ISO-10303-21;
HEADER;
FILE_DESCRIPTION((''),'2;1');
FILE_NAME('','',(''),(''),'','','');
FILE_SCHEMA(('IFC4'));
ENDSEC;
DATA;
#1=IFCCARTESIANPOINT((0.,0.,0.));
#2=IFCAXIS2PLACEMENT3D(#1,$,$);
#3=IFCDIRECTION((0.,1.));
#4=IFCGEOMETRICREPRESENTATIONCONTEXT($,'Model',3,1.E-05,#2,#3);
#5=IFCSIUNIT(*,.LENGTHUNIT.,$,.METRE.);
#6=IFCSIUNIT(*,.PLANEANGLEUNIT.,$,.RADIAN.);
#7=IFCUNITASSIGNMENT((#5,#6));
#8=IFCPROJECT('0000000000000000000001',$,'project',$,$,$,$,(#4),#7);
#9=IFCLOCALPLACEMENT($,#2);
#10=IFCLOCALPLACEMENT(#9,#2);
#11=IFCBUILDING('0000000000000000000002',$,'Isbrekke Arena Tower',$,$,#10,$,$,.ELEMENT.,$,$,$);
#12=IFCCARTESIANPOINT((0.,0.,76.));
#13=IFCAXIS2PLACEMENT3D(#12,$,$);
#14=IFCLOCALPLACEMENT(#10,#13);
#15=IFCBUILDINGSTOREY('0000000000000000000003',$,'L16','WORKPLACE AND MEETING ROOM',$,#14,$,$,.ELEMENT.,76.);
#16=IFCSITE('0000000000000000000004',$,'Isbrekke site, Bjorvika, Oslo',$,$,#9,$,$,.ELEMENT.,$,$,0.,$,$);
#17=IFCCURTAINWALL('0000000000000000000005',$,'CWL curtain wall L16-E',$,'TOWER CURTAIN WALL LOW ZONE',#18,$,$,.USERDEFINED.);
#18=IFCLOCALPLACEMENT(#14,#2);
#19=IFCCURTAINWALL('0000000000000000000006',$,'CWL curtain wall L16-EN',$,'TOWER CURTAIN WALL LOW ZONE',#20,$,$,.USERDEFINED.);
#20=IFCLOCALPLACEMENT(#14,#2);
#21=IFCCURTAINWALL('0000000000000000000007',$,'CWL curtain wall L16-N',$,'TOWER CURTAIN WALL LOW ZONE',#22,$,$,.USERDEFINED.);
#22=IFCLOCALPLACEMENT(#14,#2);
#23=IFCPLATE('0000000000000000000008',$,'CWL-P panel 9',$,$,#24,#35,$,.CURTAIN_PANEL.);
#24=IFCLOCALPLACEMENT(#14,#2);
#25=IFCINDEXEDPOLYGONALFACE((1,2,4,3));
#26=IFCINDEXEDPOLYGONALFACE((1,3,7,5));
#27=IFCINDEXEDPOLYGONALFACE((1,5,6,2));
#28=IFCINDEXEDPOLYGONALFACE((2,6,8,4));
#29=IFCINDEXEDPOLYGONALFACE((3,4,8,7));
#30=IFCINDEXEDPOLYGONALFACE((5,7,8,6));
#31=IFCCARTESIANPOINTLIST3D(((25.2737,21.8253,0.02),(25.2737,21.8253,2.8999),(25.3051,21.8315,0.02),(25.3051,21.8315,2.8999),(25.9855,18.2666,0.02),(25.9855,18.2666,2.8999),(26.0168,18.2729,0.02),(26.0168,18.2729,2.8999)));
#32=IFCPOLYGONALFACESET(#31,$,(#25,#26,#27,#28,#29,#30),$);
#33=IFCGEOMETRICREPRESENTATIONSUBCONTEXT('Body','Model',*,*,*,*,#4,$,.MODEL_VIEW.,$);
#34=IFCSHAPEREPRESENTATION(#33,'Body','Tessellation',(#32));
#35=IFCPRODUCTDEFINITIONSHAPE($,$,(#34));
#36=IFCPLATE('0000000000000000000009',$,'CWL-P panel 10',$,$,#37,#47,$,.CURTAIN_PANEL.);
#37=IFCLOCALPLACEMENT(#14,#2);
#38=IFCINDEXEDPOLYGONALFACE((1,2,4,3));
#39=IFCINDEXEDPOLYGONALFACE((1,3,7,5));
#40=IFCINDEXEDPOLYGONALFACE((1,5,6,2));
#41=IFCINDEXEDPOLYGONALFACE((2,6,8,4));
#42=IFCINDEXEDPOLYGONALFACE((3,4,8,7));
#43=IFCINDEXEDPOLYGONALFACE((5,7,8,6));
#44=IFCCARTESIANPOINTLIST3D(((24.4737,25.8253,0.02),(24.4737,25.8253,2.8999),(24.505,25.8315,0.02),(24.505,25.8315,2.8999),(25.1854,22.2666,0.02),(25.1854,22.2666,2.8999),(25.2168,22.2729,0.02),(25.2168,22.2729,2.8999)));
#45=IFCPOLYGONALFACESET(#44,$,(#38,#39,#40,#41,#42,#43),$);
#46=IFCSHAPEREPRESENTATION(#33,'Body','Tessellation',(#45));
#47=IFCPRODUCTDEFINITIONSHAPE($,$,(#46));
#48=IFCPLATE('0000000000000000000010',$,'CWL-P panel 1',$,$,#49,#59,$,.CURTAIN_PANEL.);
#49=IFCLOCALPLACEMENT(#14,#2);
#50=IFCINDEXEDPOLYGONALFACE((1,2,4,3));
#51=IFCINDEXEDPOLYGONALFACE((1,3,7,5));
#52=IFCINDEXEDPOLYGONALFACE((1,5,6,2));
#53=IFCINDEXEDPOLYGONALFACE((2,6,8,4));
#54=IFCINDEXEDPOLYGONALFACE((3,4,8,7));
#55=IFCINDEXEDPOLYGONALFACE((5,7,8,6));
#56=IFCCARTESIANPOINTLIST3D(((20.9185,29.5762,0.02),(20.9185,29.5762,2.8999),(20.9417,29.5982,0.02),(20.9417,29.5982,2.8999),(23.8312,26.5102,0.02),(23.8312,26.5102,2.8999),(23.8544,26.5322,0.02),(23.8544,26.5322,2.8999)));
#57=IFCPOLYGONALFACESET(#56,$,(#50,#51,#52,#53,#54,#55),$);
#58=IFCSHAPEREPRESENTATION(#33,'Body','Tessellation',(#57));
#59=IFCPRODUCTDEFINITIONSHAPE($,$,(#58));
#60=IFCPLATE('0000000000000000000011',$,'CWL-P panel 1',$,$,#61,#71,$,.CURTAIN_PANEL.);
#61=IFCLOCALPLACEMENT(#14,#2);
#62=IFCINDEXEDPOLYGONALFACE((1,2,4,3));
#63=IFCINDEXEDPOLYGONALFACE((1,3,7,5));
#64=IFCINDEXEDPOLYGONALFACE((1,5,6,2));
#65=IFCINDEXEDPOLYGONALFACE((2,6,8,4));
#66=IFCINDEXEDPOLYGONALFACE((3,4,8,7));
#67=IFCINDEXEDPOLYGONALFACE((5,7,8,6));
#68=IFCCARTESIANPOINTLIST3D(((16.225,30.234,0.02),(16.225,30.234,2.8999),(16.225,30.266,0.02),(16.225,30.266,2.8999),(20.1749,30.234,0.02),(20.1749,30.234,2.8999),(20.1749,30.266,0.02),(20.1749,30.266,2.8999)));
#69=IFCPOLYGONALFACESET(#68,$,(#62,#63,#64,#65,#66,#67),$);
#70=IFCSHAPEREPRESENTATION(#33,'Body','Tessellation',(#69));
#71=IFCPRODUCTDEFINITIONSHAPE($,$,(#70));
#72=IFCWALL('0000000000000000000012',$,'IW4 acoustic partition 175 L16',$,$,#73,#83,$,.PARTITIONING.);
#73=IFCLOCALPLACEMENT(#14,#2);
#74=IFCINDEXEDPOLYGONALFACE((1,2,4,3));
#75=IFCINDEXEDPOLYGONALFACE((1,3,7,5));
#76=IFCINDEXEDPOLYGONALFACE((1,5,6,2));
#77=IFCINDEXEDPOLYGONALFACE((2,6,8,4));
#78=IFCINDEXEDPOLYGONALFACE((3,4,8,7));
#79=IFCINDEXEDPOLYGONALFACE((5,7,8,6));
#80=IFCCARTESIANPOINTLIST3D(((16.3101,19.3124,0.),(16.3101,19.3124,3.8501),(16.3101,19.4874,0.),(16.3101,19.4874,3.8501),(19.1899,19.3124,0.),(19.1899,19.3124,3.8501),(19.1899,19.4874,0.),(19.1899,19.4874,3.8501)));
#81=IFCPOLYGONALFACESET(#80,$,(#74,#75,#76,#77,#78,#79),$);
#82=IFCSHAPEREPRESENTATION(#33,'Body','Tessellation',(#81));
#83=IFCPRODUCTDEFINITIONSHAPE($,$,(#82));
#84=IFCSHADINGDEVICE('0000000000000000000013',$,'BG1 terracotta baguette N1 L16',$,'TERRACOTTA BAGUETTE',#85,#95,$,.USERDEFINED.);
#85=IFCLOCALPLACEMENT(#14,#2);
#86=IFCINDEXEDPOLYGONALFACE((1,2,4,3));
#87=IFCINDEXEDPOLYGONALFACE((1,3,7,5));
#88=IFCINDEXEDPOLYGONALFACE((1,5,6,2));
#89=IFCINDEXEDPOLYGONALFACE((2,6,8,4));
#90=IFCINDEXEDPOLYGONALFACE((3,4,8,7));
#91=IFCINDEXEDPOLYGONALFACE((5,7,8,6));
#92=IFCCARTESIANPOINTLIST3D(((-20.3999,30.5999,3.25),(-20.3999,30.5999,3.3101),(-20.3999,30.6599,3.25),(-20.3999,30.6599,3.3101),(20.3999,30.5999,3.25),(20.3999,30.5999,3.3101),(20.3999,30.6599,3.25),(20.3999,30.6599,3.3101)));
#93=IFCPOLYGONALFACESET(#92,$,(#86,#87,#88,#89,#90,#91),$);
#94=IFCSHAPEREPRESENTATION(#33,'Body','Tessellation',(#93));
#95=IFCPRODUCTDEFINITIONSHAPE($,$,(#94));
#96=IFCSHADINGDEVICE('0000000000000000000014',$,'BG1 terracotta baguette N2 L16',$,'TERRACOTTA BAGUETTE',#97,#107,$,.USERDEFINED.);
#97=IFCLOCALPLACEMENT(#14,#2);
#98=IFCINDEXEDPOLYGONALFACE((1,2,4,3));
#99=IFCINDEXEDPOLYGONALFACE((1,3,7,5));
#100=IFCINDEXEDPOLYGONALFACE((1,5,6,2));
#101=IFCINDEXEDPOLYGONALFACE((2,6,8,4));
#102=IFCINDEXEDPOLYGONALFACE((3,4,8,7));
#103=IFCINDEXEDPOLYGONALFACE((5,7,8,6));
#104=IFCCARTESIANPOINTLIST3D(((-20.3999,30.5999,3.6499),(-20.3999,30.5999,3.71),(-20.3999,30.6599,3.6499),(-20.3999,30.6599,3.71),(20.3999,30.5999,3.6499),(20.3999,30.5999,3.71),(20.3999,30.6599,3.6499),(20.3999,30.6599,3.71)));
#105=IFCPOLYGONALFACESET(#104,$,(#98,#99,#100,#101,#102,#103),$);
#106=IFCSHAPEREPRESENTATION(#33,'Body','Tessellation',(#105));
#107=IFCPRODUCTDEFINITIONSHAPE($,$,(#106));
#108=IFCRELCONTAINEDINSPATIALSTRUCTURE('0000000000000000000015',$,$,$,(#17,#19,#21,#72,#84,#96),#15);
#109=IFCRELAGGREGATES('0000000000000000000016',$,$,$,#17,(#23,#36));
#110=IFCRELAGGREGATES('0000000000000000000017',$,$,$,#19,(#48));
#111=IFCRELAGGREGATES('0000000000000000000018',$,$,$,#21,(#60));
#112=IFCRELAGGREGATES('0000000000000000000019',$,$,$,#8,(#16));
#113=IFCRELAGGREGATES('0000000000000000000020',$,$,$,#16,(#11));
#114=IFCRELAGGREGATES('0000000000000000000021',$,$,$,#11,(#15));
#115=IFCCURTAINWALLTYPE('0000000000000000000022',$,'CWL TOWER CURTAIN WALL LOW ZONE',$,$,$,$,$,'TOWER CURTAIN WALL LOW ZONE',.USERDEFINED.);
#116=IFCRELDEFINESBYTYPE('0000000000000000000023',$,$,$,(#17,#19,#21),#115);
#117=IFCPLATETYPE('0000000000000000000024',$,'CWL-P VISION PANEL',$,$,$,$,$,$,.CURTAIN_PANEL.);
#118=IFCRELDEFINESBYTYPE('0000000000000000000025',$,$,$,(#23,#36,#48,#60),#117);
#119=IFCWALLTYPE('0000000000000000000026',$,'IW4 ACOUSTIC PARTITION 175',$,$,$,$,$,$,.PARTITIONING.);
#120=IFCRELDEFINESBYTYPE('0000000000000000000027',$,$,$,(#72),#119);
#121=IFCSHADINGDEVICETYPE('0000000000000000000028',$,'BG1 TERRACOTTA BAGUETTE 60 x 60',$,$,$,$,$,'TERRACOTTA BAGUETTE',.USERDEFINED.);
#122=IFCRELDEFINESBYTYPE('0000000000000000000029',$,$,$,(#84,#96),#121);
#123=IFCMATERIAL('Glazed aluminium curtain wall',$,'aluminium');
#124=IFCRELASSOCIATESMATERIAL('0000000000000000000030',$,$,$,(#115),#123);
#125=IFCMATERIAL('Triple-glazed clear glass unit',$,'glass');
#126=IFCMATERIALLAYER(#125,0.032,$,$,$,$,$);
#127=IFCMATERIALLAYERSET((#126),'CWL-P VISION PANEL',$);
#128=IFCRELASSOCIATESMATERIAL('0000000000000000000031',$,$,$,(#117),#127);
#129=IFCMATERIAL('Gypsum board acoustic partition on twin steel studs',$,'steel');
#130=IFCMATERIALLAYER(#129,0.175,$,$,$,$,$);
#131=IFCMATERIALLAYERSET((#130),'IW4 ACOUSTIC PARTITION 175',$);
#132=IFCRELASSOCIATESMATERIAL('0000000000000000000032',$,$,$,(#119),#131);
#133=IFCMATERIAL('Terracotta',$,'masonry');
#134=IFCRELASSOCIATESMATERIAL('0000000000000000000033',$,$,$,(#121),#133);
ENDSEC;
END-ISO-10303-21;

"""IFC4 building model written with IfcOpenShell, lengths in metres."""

from ifc_helpers import new_model, si_unit, direction, frame, frame_2d, origin, origin_2d, place, context, subcontext, project, spatial, rectangle, extrude, material, layer, layer_set, material_profile, profile_set, type_object, element, aggregate, save


model = new_model("IFC4")

# Units and contexts
model_context = context("Model", 3, precision=1e-05, world=origin(), true_north=direction((0.0, 1.0)))
body_context = subcontext(model_context, "Body", "Model", "MODEL_VIEW")
ifc_project = project(units=[si_unit("LENGTHUNIT", "METRE"), si_unit("PLANEANGLEUNIT", "RADIAN")], contexts=[model_context])

# Site, building, storey
site_placement = place(None, origin())
site = spatial("IfcSite", under=ifc_project, at=site_placement, Name="Isbrekke site, Bjorvika, Oslo", CompositionType="ELEMENT", RefElevation=0.0)
building_placement = place(site_placement, origin())
building = spatial("IfcBuilding", under=site, at=building_placement, Name="Isbrekke Arena Tower", CompositionType="ELEMENT")
storey_placement = place(building_placement, frame((0.0, 0.0, 76.0)))
storey = spatial("IfcBuildingStorey", under=building, at=storey_placement, Name="L16", Description="WORKPLACE AND MEETING ROOM", CompositionType="ELEMENT", Elevation=76.0)

# Curtain walls
ifc_material_1 = material(Name="Glazed aluminium curtain wall", Category="aluminium")
curtain_wall_type = type_object("IfcCurtainWallType", Name="CWL TOWER CURTAIN WALL LOW ZONE", ElementType="TOWER CURTAIN WALL LOW ZONE", PredefinedType="USERDEFINED", material=ifc_material_1)
curtain_wall_1_placement = place(storey_placement, origin())
curtain_wall_1 = element("IfcCurtainWall", 1, at=curtain_wall_1_placement, inside=storey, type_object=curtain_wall_type, Name="CWL curtain wall L16-E", ObjectType="TOWER CURTAIN WALL LOW ZONE", PredefinedType="USERDEFINED")
curtain_wall_2_placement = place(storey_placement, origin())
curtain_wall_2 = element("IfcCurtainWall", 2, at=curtain_wall_2_placement, inside=storey, type_object=curtain_wall_type, Name="CWL curtain wall L16-EN", ObjectType="TOWER CURTAIN WALL LOW ZONE", PredefinedType="USERDEFINED")

# Curtain wall
curtain_wall_3_placement = place(storey_placement, origin())
curtain_wall_3 = element("IfcCurtainWall", 3, at=curtain_wall_3_placement, inside=storey, type_object=curtain_wall_type, Name="CWL curtain wall L16-N", ObjectType="TOWER CURTAIN WALL LOW ZONE", PredefinedType="USERDEFINED")

# Plates
ifc_material_2 = material(Name="Triple-glazed clear glass unit", Category="glass")
ifc_layer_1 = layer(ifc_material_2, 0.032)
ifc_layer_set_1 = layer_set([ifc_layer_1], Name="CWL-P VISION PANEL")
plate_type = type_object("IfcPlateType", Name="CWL-P VISION PANEL", PredefinedType="CURTAIN_PANEL", material=ifc_layer_set_1)
plate_1_placement = place(storey_placement, frame((25.6453, 20.0491, 0.02), z_axis=(0.0, 0.0, 1.0), x_axis=(-0.196116, 0.980581, 0.0)))
plate_1 = element("IfcPlate", 4, at=plate_1_placement, type_object=plate_type, Name="CWL-P panel 9", PredefinedType="CURTAIN_PANEL", context=body_context, shape_type="SweptSolid", body=[
    extrude(rectangle(XDim=3.6292, YDim=0.032, at=origin_2d()), origin(), (0.0, 0.0, 1.0), 2.8799),
])
plate_2_placement = place(storey_placement, frame((24.8452, 24.0491, 0.02), z_axis=(0.0, 0.0, 1.0), x_axis=(-0.196116, 0.980581, 0.0)))
plate_2 = element("IfcPlate", 5, at=plate_2_placement, type_object=plate_type, Name="CWL-P panel 10", PredefinedType="CURTAIN_PANEL", context=body_context, shape_type="SweptSolid", body=[
    extrude(rectangle(XDim=3.6292, YDim=0.032, at=origin_2d()), origin(), (0.0, 0.0, 1.0), 2.8799),
])
aggregate(curtain_wall_1, [plate_1, plate_2])
plate_3_placement = place(storey_placement, frame((22.3865, 28.0542, 0.02), z_axis=(0.0, 0.0, 1.0), x_axis=(-0.688749, 0.724999, 0.0)))
plate_3 = element("IfcPlate", 6, at=plate_3_placement, type_object=plate_type, Name="CWL-P panel 1", PredefinedType="CURTAIN_PANEL", context=body_context, shape_type="SweptSolid", body=[
    extrude(rectangle(XDim=4.229, YDim=0.032, at=origin_2d()), origin(), (0.0, 0.0, 1.0), 2.8799),
])
aggregate(curtain_wall_2, [plate_3])
plate_4_placement = place(storey_placement, frame((18.2, 30.25, 0.02), z_axis=(0.0, 0.0, 1.0), x_axis=(-1.0, 0.0, 0.0)))
plate_4 = element("IfcPlate", 7, at=plate_4_placement, type_object=plate_type, Name="CWL-P panel 1", PredefinedType="CURTAIN_PANEL", context=body_context, shape_type="SweptSolid", body=[
    extrude(rectangle(XDim=3.95, YDim=0.032, at=origin_2d()), origin(), (0.0, 0.0, 1.0), 2.8799),
])
aggregate(curtain_wall_3, [plate_4])

# Wall
ifc_material_3 = material(Name="Gypsum board acoustic partition on twin steel studs", Category="steel")
ifc_layer_2 = layer(ifc_material_3, 0.175)
ifc_layer_set_2 = layer_set([ifc_layer_2], Name="IW4 ACOUSTIC PARTITION 175")
wall_type = type_object("IfcWallType", Name="IW4 ACOUSTIC PARTITION 175", PredefinedType="PARTITIONING", material=ifc_layer_set_2)
wall_placement = place(storey_placement, frame((16.3101, 19.3999, 0.0), z_axis=(0.0, 0.0, 1.0), x_axis=(1.0, 0.0, 0.0)))
element("IfcWall", 8, at=wall_placement, inside=storey, type_object=wall_type, Name="IW4 acoustic partition 175 L16", PredefinedType="PARTITIONING", context=body_context, shape_type="SweptSolid", body=[
    extrude(rectangle(XDim=2.8799, YDim=0.175, at=frame_2d((1.4399, 0.0))), origin(), (0.0, 0.0, 1.0), 3.8501),
])

# Shading devices
ifc_material_4 = material(Name="Terracotta", Category="masonry")
ifc_material_profile_1 = material_profile(ifc_material_4, rectangle(XDim=0.0601, YDim=0.0601, at=origin_2d()), Name="BAGUETTE 60X60")
ifc_profile_set_1 = profile_set([ifc_material_profile_1], Name="Terracotta")
shading_device_type = type_object("IfcShadingDeviceType", Name="BG1 TERRACOTTA BAGUETTE 60 x 60", ElementType="TERRACOTTA BAGUETTE", PredefinedType="USERDEFINED", material=ifc_profile_set_1)
for number, where, z_axis, x_axis, name in (
    (9, (20.3999, 30.6299, 3.28), (-1.0, 0.0, 0.0), (0.0, -1.0, 0.0), "BG1 terracotta baguette N1 L16"),
    (10, (20.3999, 30.6299, 3.6799), (-1.0, 0.0, 0.0), (0.0, -1.0, 0.0), "BG1 terracotta baguette N2 L16"),
):
    element("IfcShadingDevice", number, at=place(storey_placement, frame(where, z_axis=z_axis, x_axis=x_axis)), inside=storey, type_object=shading_device_type, Name=name, ObjectType="TERRACOTTA BAGUETTE", PredefinedType="USERDEFINED", context=body_context, shape_type="SweptSolid", body=[
        extrude(rectangle(XDim=0.0601, YDim=0.0601, at=origin_2d()), origin(), (0.0, 0.0, 1.0), 40.7998),
    ])

save(model, "model.ifc")
